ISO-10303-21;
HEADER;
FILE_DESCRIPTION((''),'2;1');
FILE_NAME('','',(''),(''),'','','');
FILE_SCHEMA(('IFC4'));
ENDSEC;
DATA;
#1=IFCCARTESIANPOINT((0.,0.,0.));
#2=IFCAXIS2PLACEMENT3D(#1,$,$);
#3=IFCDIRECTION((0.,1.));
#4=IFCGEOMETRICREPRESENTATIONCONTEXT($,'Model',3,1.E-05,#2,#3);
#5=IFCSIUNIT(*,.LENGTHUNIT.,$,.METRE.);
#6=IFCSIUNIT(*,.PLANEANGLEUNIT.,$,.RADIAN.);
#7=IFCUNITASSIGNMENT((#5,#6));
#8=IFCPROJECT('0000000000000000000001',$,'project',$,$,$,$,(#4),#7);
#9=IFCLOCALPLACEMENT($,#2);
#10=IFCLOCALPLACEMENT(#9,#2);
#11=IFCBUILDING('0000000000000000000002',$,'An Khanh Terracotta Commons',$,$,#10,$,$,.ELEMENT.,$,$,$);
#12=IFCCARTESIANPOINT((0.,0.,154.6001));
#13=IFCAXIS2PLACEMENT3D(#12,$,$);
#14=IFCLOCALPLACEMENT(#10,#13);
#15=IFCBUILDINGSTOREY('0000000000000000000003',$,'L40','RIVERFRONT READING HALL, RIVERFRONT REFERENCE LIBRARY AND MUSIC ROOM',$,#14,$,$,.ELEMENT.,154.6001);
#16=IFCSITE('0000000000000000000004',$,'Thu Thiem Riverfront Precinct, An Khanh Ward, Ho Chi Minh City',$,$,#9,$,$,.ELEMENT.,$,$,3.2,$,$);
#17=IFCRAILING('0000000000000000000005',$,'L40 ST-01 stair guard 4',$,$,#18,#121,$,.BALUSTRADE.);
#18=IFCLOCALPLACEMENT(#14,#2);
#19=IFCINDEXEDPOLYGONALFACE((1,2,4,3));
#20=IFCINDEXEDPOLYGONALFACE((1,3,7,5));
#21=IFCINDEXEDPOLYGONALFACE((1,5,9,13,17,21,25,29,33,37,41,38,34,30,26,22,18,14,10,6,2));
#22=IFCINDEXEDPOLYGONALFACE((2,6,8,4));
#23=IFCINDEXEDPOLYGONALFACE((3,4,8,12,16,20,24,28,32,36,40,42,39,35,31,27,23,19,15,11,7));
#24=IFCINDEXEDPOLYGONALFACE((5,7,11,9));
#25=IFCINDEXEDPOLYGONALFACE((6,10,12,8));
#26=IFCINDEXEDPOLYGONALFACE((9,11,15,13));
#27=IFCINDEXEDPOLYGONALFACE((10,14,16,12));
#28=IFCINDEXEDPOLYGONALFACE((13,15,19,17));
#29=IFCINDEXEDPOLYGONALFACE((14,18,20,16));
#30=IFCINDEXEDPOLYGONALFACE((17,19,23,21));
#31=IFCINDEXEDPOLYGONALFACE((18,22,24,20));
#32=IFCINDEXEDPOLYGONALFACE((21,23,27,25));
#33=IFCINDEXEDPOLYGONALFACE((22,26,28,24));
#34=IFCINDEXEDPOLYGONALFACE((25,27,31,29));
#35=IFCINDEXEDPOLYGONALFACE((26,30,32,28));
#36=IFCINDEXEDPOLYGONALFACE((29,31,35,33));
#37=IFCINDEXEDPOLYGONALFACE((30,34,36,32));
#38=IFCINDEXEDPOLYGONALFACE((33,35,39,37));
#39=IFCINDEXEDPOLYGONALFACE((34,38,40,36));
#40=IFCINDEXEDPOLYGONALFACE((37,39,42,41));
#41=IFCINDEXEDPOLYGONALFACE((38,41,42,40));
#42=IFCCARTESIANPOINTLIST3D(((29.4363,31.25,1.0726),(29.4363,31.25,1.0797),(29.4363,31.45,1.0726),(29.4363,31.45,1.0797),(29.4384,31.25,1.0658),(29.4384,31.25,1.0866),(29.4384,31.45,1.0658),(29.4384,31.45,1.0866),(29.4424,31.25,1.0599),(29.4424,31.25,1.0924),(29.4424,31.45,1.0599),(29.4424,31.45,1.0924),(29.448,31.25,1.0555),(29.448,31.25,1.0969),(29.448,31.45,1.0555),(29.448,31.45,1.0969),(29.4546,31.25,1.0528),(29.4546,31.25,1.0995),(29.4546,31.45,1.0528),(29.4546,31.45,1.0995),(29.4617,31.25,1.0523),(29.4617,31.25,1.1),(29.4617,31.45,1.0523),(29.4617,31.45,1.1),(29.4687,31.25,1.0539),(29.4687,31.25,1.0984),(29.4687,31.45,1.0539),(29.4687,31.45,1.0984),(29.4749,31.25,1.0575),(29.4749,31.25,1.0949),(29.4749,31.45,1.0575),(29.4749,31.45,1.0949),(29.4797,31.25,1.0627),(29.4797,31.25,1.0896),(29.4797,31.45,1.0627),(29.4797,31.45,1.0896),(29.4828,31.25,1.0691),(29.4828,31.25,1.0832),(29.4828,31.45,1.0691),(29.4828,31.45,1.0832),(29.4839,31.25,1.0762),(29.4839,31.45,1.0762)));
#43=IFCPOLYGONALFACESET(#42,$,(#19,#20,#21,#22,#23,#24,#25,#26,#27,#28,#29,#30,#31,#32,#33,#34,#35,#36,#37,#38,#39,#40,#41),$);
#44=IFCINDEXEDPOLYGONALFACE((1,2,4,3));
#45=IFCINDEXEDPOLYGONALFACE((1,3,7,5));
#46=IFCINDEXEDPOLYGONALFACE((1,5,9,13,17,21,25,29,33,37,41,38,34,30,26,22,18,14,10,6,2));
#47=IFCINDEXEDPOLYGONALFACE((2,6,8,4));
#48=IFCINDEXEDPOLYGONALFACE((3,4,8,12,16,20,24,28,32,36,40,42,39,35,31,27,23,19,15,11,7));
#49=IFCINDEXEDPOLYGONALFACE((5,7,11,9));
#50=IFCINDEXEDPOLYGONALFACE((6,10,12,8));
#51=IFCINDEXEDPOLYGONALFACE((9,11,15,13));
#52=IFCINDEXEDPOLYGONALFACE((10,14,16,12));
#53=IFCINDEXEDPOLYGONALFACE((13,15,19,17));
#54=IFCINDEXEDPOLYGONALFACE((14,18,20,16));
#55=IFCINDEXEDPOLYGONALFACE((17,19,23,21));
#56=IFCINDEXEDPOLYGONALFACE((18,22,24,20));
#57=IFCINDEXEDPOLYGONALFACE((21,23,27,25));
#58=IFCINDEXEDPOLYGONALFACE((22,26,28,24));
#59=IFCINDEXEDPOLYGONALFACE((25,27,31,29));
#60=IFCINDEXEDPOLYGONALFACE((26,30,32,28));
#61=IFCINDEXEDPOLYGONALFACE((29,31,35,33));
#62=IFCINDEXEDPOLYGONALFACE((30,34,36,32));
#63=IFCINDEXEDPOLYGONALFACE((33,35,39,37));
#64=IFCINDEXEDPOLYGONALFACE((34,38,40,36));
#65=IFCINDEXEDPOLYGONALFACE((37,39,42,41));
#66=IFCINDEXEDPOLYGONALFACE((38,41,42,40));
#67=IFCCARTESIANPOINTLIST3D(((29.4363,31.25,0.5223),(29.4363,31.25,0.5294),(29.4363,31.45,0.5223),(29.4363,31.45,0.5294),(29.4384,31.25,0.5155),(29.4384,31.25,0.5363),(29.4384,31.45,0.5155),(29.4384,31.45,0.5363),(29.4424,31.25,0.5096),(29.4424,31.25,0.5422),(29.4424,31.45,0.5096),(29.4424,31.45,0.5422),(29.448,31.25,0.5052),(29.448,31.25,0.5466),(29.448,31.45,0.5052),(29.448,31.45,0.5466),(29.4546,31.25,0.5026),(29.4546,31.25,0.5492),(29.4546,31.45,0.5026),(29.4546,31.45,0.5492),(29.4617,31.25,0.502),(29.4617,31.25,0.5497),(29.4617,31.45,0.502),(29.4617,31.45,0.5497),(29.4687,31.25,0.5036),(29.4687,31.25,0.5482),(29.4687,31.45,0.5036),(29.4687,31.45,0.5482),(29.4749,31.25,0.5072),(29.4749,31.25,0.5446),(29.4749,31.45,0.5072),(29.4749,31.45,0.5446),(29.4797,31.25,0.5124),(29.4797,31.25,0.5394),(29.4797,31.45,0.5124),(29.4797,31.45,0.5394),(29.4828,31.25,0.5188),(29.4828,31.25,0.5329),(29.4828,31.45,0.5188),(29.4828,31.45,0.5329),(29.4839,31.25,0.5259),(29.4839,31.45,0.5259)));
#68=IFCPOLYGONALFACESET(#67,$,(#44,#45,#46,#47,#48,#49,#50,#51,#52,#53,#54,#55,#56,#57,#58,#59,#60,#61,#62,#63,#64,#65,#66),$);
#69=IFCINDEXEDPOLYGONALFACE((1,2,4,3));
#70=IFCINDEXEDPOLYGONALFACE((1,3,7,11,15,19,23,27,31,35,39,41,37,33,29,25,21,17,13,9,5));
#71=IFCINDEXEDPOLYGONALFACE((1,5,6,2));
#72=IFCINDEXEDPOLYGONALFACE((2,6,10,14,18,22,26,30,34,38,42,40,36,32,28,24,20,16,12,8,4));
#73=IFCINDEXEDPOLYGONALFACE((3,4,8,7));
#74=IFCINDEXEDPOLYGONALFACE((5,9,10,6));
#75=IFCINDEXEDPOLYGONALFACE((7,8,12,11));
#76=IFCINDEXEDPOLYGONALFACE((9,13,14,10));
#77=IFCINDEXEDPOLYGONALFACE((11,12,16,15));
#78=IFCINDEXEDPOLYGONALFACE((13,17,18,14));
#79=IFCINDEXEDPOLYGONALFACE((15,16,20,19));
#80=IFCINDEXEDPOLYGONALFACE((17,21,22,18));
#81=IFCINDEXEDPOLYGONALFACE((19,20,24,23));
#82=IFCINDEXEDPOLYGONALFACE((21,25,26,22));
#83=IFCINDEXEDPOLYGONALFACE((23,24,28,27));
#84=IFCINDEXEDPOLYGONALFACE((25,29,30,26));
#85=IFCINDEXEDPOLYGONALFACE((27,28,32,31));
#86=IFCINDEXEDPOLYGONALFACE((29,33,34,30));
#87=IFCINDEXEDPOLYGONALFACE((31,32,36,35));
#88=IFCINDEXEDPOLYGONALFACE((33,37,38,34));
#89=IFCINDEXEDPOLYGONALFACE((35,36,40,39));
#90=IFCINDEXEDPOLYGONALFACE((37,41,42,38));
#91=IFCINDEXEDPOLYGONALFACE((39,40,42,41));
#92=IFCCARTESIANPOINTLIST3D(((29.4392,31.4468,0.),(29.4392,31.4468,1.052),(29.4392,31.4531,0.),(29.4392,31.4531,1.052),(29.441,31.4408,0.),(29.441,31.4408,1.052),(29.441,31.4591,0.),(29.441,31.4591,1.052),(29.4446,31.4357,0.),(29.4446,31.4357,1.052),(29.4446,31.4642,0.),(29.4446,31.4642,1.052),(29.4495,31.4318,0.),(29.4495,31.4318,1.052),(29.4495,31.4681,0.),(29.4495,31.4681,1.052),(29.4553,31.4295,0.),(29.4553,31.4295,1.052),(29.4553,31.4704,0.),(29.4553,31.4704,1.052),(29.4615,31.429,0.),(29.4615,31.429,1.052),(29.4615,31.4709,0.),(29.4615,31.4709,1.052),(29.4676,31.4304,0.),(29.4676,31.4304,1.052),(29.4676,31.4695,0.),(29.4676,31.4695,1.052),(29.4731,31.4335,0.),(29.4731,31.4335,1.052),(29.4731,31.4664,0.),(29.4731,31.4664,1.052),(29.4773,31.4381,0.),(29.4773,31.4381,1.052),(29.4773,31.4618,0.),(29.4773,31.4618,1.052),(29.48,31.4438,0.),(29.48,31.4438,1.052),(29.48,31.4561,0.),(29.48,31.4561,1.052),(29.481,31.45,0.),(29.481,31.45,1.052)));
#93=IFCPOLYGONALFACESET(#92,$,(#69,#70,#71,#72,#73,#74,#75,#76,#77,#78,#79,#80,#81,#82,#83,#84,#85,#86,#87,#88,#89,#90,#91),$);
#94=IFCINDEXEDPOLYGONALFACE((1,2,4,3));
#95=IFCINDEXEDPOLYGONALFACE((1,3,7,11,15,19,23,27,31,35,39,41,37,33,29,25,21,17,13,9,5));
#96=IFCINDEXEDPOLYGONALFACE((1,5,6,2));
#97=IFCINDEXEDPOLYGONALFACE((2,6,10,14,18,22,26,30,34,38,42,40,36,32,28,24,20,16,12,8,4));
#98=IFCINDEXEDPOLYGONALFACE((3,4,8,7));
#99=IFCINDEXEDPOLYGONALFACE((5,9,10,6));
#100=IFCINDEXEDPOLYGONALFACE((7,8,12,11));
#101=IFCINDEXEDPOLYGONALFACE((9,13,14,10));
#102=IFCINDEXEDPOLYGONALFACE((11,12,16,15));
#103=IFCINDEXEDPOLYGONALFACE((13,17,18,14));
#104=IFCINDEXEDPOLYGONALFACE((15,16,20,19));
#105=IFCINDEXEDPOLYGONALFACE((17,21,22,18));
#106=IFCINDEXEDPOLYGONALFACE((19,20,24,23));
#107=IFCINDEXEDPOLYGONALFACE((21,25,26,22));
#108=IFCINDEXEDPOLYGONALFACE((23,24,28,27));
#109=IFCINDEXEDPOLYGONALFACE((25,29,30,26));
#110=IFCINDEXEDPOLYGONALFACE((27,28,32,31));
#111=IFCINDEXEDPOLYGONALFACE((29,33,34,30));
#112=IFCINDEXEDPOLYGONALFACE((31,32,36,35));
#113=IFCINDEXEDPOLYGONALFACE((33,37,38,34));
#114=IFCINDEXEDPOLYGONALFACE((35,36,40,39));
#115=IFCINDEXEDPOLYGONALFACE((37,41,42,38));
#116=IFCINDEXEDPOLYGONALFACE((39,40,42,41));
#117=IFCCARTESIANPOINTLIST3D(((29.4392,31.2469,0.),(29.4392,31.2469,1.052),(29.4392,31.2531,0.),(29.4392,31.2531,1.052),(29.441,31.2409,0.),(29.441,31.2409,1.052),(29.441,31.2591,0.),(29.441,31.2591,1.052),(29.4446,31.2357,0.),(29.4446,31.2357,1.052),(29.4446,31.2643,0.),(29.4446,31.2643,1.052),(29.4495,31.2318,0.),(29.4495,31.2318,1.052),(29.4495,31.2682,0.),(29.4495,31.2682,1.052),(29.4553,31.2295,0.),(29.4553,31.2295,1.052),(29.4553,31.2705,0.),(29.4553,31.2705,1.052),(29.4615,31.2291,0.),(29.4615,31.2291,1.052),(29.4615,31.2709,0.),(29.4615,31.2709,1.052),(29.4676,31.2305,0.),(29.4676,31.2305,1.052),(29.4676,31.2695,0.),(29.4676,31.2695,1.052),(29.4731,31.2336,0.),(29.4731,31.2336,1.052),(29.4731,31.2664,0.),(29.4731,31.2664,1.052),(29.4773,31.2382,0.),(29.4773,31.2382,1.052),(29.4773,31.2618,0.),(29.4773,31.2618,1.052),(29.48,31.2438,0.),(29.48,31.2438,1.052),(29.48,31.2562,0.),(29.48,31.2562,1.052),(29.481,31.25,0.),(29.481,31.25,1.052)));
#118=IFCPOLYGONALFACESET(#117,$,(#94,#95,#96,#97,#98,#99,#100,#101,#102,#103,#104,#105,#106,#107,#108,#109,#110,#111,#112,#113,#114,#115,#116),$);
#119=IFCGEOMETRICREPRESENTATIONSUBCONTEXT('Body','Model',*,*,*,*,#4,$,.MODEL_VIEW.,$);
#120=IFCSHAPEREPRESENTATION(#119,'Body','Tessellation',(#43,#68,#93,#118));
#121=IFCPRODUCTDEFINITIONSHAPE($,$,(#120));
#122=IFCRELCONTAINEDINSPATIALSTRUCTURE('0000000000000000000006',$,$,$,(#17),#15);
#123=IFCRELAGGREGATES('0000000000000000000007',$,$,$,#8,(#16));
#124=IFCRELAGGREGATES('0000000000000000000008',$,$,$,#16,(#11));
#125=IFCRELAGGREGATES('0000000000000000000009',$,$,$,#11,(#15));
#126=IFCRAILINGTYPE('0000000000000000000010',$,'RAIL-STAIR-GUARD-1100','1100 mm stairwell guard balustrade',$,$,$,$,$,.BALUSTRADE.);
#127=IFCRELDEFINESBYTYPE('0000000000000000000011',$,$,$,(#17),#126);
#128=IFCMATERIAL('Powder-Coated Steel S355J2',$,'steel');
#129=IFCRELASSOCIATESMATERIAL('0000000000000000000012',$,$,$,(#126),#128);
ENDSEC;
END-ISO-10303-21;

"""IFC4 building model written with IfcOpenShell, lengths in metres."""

from ifc_helpers import new_model, si_unit, direction, frame, origin, origin_2d, place, context, subcontext, project, spatial, circle, extrude, material, type_object, element, save


model = new_model("IFC4")

# Units and contexts
model_context = context("Model", 3, precision=1e-05, world=origin(), true_north=direction((0.0, 1.0)))
body_context = subcontext(model_context, "Body", "Model", "MODEL_VIEW")
ifc_project = project(units=[si_unit("LENGTHUNIT", "METRE"), si_unit("PLANEANGLEUNIT", "RADIAN")], contexts=[model_context])

# Site, building, storey
site_placement = place(None, origin())
site = spatial("IfcSite", under=ifc_project, at=site_placement, Name="Thu Thiem Riverfront Precinct, An Khanh Ward, Ho Chi Minh City", CompositionType="ELEMENT", RefElevation=3.2)
building_placement = place(site_placement, origin())
building = spatial("IfcBuilding", under=site, at=building_placement, Name="An Khanh Terracotta Commons", CompositionType="ELEMENT")
storey_placement = place(building_placement, frame((0.0, 0.0, 154.6001)))
storey = spatial("IfcBuildingStorey", under=building, at=storey_placement, Name="L40", Description="RIVERFRONT READING HALL, RIVERFRONT REFERENCE LIBRARY AND MUSIC ROOM", CompositionType="ELEMENT", Elevation=154.6001)

# Railing
ifc_material_1 = material(Name="Powder-Coated Steel S355J2", Category="steel")
railing_type_1 = type_object("IfcRailingType", Name="RAIL-STAIR-GUARD-1100", Description="1100 mm stairwell guard balustrade", PredefinedType="BALUSTRADE", material=ifc_material_1)
railing_1_placement = place(storey_placement, frame((29.46, 31.45, 0.0)))
element("IfcRailing", 1, at=railing_1_placement, inside=storey, type_object=railing_type_1, Name="L40 ST-01 stair guard 4", PredefinedType="BALUSTRADE", context=body_context, shape_type="SweptSolid", body=[
    extrude(circle(Radius=0.0239, at=origin_2d()), frame((0.0, 0.0, 1.0762), z_axis=(0.0, -1.0, 0.0), x_axis=(1.0, 0.0, 0.0)), (0.0, 0.0, 1.0), 0.2),
    extrude(circle(Radius=0.0239, at=origin_2d()), frame((0.0, 0.0, 0.5259), z_axis=(0.0, -1.0, 0.0), x_axis=(1.0, 0.0, 0.0)), (0.0, 0.0, 1.0), 0.2),
    extrude(circle(Radius=0.021, at=origin_2d()), origin(), (0.0, 0.0, 1.0), 1.052),
    extrude(circle(Radius=0.021, at=origin_2d()), frame((0.0, -0.2, 0.0)), (0.0, 0.0, 1.0), 1.052),
])

save(model, "model.ifc")
